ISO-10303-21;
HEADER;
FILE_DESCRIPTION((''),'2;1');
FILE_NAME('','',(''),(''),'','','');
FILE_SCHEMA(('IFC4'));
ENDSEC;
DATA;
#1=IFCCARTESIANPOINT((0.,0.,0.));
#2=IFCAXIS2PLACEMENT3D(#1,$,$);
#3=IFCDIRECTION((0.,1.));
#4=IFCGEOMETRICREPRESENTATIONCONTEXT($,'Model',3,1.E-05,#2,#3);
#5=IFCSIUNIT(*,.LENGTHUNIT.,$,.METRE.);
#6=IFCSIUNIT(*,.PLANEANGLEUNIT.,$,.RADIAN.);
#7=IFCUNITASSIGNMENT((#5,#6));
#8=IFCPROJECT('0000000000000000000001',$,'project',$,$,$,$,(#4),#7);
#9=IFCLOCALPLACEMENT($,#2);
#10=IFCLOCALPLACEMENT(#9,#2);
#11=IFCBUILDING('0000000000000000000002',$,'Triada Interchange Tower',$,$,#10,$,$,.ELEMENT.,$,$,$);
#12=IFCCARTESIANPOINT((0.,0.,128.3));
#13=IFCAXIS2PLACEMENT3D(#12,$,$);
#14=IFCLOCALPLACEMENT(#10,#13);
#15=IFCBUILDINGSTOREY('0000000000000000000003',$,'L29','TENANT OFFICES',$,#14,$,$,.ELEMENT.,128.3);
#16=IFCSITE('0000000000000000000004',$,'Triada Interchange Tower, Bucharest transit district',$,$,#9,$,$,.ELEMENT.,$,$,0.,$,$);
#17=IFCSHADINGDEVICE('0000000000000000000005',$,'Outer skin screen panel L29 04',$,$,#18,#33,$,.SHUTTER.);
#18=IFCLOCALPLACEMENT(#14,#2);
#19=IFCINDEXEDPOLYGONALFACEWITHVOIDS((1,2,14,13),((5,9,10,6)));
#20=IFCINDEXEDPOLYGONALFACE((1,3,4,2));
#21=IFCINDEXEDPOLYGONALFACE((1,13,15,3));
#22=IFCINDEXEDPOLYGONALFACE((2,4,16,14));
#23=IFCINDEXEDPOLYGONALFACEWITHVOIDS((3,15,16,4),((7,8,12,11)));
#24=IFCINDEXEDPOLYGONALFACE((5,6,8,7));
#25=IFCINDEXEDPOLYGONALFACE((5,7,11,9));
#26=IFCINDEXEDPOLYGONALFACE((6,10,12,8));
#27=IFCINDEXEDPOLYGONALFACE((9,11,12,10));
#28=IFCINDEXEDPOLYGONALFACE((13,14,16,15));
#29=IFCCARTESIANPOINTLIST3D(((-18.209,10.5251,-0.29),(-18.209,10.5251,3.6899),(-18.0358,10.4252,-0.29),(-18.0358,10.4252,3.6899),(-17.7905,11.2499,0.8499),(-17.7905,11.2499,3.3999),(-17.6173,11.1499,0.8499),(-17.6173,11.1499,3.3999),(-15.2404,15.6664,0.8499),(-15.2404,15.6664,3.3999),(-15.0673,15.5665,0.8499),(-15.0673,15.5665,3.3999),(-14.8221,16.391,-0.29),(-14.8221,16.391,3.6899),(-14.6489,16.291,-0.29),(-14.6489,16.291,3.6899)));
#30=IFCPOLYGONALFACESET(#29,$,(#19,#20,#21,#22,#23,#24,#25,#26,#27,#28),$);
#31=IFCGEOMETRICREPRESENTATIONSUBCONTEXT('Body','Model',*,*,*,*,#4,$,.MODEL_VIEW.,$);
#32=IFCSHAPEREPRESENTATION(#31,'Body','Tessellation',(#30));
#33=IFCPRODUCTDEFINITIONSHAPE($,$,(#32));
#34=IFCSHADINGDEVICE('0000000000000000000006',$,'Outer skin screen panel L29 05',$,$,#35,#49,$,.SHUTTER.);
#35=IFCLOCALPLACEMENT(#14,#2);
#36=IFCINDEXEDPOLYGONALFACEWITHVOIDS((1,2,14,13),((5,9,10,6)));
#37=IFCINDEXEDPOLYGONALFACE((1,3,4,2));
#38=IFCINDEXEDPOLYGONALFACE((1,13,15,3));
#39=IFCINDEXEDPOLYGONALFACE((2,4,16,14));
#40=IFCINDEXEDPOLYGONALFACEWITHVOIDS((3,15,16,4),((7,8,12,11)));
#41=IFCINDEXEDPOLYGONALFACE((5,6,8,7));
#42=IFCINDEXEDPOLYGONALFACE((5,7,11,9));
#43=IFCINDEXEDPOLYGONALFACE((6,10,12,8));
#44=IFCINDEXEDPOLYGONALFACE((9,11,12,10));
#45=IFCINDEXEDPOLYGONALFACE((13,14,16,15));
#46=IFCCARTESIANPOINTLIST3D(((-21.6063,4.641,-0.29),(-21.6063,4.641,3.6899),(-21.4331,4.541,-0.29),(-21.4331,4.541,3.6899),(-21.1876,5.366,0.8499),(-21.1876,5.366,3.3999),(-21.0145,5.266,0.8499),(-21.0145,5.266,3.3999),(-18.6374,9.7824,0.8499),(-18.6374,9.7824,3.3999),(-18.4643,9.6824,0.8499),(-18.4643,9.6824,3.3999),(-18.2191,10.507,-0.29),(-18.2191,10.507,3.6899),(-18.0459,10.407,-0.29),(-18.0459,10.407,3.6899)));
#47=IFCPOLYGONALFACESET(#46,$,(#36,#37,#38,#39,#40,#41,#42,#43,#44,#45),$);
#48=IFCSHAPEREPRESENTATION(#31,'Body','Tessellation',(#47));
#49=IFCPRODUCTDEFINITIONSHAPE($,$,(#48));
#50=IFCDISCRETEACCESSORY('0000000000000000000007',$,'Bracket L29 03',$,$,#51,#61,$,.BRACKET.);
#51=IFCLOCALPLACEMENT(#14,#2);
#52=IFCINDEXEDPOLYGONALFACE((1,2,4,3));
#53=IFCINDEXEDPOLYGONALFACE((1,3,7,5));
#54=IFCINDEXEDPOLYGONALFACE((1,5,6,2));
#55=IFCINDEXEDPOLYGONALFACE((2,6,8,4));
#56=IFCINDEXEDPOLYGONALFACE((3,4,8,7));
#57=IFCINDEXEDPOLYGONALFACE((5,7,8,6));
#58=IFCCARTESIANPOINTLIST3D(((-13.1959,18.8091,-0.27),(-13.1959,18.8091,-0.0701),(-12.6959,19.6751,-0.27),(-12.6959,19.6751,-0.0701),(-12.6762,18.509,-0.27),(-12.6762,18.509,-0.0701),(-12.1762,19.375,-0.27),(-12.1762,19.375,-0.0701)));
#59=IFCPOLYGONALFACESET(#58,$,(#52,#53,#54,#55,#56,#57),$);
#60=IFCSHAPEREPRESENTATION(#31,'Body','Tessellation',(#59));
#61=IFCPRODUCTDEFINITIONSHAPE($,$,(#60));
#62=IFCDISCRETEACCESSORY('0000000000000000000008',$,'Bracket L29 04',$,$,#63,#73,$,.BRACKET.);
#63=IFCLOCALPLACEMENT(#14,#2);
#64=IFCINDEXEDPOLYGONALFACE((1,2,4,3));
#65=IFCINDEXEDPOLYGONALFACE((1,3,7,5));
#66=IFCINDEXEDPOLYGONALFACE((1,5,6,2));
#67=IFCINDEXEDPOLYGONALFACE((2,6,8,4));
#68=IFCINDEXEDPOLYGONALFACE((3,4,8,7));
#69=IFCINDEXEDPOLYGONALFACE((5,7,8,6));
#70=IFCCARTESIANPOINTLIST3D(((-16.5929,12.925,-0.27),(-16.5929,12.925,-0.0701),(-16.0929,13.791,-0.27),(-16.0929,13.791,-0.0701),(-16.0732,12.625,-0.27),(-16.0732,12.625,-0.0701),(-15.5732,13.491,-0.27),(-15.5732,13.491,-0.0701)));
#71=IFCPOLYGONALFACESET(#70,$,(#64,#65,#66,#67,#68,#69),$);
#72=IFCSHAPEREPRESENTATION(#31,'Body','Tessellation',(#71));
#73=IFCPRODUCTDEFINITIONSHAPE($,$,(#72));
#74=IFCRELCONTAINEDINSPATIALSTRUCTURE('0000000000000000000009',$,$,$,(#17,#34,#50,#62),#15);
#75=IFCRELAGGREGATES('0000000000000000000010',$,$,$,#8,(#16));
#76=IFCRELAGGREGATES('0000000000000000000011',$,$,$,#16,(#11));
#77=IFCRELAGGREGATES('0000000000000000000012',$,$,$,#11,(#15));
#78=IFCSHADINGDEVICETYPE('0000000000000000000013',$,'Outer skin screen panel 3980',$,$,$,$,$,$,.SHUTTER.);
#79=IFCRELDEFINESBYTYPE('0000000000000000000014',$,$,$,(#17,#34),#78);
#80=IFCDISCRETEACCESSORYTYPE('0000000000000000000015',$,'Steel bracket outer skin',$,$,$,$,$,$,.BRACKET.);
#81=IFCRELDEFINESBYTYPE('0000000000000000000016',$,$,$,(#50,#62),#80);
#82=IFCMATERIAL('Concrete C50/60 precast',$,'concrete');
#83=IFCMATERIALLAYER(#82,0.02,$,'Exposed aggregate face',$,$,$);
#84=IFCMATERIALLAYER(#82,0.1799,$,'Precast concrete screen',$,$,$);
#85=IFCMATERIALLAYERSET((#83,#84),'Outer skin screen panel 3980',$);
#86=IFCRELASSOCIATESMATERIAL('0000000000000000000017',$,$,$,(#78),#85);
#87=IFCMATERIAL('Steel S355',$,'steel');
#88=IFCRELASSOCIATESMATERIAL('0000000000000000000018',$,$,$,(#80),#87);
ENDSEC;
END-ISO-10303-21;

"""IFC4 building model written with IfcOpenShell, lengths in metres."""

from ifc_helpers import new_model, si_unit, direction, frame, origin, origin_2d, place, context, subcontext, project, spatial, polyline, rectangle, outline, extrude, material, layer, layer_set, type_object, element, save


model = new_model("IFC4")

# Units and contexts
model_context = context("Model", 3, precision=1e-05, world=origin(), true_north=direction((0.0, 1.0)))
body_context = subcontext(model_context, "Body", "Model", "MODEL_VIEW")
ifc_project = project(units=[si_unit("LENGTHUNIT", "METRE"), si_unit("PLANEANGLEUNIT", "RADIAN")], contexts=[model_context])

# Site, building, storey
site_placement = place(None, origin())
site = spatial("IfcSite", under=ifc_project, at=site_placement, Name="Triada Interchange Tower, Bucharest transit district", CompositionType="ELEMENT", RefElevation=0.0)
building_placement = place(site_placement, origin())
building = spatial("IfcBuilding", under=site, at=building_placement, Name="Triada Interchange Tower", CompositionType="ELEMENT")
storey_placement = place(building_placement, frame((0.0, 0.0, 128.3)))
storey = spatial("IfcBuildingStorey", under=building, at=storey_placement, Name="L29", Description="TENANT OFFICES", CompositionType="ELEMENT", Elevation=128.3)

# Shading devices
ifc_material_1 = material(Name="Concrete C50/60 precast", Category="concrete")
ifc_layer_1 = layer(ifc_material_1, 0.02, Name="Exposed aggregate face")
ifc_layer_2 = layer(ifc_material_1, 0.1799, Name="Precast concrete screen")
ifc_layer_set_1 = layer_set([ifc_layer_1, ifc_layer_2], Name="Outer skin screen panel 3980")
shading_device_type = type_object("IfcShadingDeviceType", Name="Outer skin screen panel 3980", PredefinedType="SHUTTER", material=ifc_layer_set_1)
shading_device_1_placement = place(storey_placement, frame((-14.6489, 16.291, -0.29), z_axis=(0.0, 0.0, 1.0), x_axis=(-0.500027, -0.86601, 0.0)))
element("IfcShadingDevice", 1, at=shading_device_1_placement, inside=storey, type_object=shading_device_type, Name="Outer skin screen panel L29 04", PredefinedType="SHUTTER", context=body_context, shape_type="SweptSolid", body=[
    extrude(outline(polyline([(0.0, 0.0), (6.7734, 0.0), (6.7734, 3.98), (0.0, 3.98), (0.0, 0.0)]), holes=[polyline([(0.8367, 1.1399), (0.8367, 3.6899), (5.9365, 3.6899), (5.9365, 1.1399), (0.8367, 1.1399)])]), frame((0.0, 0.0, 0.0), z_axis=(0.0, -1.0, 0.0), x_axis=(1.0, 0.0, 0.0)), (0.0, 0.0, 1.0), 0.2),
])
shading_device_2_placement = place(storey_placement, frame((-18.0459, 10.407, -0.29), z_axis=(0.0, 0.0, 1.0), x_axis=(-0.500054, -0.865994, 0.0)))
element("IfcShadingDevice", 2, at=shading_device_2_placement, inside=storey, type_object=shading_device_type, Name="Outer skin screen panel L29 05", PredefinedType="SHUTTER", context=body_context, shape_type="SweptSolid", body=[
    extrude(outline(polyline([(0.0, 0.0), (6.7737, 0.0), (6.7737, 3.98), (0.0, 3.98), (0.0, 0.0)]), holes=[polyline([(0.8367, 1.1399), (0.8367, 3.6899), (5.9365, 3.6899), (5.9365, 1.1399), (0.8367, 1.1399)])]), frame((0.0, 0.0, 0.0), z_axis=(0.0, -1.0, 0.0), x_axis=(1.0, 0.0, 0.0)), (0.0, 0.0, 1.0), 0.2),
])

# Discrete accessories
ifc_material_2 = material(Name="Steel S355", Category="steel")
discrete_accessory_type = type_object("IfcDiscreteAccessoryType", Name="Steel bracket outer skin", PredefinedType="BRACKET", material=ifc_material_2)
for number, where, z_axis, x_axis, name in (
    (3, (-12.686, 19.092, -0.27), (0.0, 0.0, 1.0), (-0.866023, 0.500004, 0.0), "Bracket L29 03"),
    (4, (-16.083, 13.208, -0.27), (0.0, 0.0, 1.0), (-0.866023, 0.500004, 0.0), "Bracket L29 04"),
):
    element("IfcDiscreteAccessory", number, at=place(storey_placement, frame(where, z_axis=z_axis, x_axis=x_axis)), inside=storey, type_object=discrete_accessory_type, Name=name, PredefinedType="BRACKET", context=body_context, shape_type="SweptSolid", body=[
        extrude(rectangle(XDim=0.6001, YDim=1.0, at=origin_2d()), origin(), (0.0, 0.0, 1.0), 0.2),
    ])

save(model, "model.ifc")
